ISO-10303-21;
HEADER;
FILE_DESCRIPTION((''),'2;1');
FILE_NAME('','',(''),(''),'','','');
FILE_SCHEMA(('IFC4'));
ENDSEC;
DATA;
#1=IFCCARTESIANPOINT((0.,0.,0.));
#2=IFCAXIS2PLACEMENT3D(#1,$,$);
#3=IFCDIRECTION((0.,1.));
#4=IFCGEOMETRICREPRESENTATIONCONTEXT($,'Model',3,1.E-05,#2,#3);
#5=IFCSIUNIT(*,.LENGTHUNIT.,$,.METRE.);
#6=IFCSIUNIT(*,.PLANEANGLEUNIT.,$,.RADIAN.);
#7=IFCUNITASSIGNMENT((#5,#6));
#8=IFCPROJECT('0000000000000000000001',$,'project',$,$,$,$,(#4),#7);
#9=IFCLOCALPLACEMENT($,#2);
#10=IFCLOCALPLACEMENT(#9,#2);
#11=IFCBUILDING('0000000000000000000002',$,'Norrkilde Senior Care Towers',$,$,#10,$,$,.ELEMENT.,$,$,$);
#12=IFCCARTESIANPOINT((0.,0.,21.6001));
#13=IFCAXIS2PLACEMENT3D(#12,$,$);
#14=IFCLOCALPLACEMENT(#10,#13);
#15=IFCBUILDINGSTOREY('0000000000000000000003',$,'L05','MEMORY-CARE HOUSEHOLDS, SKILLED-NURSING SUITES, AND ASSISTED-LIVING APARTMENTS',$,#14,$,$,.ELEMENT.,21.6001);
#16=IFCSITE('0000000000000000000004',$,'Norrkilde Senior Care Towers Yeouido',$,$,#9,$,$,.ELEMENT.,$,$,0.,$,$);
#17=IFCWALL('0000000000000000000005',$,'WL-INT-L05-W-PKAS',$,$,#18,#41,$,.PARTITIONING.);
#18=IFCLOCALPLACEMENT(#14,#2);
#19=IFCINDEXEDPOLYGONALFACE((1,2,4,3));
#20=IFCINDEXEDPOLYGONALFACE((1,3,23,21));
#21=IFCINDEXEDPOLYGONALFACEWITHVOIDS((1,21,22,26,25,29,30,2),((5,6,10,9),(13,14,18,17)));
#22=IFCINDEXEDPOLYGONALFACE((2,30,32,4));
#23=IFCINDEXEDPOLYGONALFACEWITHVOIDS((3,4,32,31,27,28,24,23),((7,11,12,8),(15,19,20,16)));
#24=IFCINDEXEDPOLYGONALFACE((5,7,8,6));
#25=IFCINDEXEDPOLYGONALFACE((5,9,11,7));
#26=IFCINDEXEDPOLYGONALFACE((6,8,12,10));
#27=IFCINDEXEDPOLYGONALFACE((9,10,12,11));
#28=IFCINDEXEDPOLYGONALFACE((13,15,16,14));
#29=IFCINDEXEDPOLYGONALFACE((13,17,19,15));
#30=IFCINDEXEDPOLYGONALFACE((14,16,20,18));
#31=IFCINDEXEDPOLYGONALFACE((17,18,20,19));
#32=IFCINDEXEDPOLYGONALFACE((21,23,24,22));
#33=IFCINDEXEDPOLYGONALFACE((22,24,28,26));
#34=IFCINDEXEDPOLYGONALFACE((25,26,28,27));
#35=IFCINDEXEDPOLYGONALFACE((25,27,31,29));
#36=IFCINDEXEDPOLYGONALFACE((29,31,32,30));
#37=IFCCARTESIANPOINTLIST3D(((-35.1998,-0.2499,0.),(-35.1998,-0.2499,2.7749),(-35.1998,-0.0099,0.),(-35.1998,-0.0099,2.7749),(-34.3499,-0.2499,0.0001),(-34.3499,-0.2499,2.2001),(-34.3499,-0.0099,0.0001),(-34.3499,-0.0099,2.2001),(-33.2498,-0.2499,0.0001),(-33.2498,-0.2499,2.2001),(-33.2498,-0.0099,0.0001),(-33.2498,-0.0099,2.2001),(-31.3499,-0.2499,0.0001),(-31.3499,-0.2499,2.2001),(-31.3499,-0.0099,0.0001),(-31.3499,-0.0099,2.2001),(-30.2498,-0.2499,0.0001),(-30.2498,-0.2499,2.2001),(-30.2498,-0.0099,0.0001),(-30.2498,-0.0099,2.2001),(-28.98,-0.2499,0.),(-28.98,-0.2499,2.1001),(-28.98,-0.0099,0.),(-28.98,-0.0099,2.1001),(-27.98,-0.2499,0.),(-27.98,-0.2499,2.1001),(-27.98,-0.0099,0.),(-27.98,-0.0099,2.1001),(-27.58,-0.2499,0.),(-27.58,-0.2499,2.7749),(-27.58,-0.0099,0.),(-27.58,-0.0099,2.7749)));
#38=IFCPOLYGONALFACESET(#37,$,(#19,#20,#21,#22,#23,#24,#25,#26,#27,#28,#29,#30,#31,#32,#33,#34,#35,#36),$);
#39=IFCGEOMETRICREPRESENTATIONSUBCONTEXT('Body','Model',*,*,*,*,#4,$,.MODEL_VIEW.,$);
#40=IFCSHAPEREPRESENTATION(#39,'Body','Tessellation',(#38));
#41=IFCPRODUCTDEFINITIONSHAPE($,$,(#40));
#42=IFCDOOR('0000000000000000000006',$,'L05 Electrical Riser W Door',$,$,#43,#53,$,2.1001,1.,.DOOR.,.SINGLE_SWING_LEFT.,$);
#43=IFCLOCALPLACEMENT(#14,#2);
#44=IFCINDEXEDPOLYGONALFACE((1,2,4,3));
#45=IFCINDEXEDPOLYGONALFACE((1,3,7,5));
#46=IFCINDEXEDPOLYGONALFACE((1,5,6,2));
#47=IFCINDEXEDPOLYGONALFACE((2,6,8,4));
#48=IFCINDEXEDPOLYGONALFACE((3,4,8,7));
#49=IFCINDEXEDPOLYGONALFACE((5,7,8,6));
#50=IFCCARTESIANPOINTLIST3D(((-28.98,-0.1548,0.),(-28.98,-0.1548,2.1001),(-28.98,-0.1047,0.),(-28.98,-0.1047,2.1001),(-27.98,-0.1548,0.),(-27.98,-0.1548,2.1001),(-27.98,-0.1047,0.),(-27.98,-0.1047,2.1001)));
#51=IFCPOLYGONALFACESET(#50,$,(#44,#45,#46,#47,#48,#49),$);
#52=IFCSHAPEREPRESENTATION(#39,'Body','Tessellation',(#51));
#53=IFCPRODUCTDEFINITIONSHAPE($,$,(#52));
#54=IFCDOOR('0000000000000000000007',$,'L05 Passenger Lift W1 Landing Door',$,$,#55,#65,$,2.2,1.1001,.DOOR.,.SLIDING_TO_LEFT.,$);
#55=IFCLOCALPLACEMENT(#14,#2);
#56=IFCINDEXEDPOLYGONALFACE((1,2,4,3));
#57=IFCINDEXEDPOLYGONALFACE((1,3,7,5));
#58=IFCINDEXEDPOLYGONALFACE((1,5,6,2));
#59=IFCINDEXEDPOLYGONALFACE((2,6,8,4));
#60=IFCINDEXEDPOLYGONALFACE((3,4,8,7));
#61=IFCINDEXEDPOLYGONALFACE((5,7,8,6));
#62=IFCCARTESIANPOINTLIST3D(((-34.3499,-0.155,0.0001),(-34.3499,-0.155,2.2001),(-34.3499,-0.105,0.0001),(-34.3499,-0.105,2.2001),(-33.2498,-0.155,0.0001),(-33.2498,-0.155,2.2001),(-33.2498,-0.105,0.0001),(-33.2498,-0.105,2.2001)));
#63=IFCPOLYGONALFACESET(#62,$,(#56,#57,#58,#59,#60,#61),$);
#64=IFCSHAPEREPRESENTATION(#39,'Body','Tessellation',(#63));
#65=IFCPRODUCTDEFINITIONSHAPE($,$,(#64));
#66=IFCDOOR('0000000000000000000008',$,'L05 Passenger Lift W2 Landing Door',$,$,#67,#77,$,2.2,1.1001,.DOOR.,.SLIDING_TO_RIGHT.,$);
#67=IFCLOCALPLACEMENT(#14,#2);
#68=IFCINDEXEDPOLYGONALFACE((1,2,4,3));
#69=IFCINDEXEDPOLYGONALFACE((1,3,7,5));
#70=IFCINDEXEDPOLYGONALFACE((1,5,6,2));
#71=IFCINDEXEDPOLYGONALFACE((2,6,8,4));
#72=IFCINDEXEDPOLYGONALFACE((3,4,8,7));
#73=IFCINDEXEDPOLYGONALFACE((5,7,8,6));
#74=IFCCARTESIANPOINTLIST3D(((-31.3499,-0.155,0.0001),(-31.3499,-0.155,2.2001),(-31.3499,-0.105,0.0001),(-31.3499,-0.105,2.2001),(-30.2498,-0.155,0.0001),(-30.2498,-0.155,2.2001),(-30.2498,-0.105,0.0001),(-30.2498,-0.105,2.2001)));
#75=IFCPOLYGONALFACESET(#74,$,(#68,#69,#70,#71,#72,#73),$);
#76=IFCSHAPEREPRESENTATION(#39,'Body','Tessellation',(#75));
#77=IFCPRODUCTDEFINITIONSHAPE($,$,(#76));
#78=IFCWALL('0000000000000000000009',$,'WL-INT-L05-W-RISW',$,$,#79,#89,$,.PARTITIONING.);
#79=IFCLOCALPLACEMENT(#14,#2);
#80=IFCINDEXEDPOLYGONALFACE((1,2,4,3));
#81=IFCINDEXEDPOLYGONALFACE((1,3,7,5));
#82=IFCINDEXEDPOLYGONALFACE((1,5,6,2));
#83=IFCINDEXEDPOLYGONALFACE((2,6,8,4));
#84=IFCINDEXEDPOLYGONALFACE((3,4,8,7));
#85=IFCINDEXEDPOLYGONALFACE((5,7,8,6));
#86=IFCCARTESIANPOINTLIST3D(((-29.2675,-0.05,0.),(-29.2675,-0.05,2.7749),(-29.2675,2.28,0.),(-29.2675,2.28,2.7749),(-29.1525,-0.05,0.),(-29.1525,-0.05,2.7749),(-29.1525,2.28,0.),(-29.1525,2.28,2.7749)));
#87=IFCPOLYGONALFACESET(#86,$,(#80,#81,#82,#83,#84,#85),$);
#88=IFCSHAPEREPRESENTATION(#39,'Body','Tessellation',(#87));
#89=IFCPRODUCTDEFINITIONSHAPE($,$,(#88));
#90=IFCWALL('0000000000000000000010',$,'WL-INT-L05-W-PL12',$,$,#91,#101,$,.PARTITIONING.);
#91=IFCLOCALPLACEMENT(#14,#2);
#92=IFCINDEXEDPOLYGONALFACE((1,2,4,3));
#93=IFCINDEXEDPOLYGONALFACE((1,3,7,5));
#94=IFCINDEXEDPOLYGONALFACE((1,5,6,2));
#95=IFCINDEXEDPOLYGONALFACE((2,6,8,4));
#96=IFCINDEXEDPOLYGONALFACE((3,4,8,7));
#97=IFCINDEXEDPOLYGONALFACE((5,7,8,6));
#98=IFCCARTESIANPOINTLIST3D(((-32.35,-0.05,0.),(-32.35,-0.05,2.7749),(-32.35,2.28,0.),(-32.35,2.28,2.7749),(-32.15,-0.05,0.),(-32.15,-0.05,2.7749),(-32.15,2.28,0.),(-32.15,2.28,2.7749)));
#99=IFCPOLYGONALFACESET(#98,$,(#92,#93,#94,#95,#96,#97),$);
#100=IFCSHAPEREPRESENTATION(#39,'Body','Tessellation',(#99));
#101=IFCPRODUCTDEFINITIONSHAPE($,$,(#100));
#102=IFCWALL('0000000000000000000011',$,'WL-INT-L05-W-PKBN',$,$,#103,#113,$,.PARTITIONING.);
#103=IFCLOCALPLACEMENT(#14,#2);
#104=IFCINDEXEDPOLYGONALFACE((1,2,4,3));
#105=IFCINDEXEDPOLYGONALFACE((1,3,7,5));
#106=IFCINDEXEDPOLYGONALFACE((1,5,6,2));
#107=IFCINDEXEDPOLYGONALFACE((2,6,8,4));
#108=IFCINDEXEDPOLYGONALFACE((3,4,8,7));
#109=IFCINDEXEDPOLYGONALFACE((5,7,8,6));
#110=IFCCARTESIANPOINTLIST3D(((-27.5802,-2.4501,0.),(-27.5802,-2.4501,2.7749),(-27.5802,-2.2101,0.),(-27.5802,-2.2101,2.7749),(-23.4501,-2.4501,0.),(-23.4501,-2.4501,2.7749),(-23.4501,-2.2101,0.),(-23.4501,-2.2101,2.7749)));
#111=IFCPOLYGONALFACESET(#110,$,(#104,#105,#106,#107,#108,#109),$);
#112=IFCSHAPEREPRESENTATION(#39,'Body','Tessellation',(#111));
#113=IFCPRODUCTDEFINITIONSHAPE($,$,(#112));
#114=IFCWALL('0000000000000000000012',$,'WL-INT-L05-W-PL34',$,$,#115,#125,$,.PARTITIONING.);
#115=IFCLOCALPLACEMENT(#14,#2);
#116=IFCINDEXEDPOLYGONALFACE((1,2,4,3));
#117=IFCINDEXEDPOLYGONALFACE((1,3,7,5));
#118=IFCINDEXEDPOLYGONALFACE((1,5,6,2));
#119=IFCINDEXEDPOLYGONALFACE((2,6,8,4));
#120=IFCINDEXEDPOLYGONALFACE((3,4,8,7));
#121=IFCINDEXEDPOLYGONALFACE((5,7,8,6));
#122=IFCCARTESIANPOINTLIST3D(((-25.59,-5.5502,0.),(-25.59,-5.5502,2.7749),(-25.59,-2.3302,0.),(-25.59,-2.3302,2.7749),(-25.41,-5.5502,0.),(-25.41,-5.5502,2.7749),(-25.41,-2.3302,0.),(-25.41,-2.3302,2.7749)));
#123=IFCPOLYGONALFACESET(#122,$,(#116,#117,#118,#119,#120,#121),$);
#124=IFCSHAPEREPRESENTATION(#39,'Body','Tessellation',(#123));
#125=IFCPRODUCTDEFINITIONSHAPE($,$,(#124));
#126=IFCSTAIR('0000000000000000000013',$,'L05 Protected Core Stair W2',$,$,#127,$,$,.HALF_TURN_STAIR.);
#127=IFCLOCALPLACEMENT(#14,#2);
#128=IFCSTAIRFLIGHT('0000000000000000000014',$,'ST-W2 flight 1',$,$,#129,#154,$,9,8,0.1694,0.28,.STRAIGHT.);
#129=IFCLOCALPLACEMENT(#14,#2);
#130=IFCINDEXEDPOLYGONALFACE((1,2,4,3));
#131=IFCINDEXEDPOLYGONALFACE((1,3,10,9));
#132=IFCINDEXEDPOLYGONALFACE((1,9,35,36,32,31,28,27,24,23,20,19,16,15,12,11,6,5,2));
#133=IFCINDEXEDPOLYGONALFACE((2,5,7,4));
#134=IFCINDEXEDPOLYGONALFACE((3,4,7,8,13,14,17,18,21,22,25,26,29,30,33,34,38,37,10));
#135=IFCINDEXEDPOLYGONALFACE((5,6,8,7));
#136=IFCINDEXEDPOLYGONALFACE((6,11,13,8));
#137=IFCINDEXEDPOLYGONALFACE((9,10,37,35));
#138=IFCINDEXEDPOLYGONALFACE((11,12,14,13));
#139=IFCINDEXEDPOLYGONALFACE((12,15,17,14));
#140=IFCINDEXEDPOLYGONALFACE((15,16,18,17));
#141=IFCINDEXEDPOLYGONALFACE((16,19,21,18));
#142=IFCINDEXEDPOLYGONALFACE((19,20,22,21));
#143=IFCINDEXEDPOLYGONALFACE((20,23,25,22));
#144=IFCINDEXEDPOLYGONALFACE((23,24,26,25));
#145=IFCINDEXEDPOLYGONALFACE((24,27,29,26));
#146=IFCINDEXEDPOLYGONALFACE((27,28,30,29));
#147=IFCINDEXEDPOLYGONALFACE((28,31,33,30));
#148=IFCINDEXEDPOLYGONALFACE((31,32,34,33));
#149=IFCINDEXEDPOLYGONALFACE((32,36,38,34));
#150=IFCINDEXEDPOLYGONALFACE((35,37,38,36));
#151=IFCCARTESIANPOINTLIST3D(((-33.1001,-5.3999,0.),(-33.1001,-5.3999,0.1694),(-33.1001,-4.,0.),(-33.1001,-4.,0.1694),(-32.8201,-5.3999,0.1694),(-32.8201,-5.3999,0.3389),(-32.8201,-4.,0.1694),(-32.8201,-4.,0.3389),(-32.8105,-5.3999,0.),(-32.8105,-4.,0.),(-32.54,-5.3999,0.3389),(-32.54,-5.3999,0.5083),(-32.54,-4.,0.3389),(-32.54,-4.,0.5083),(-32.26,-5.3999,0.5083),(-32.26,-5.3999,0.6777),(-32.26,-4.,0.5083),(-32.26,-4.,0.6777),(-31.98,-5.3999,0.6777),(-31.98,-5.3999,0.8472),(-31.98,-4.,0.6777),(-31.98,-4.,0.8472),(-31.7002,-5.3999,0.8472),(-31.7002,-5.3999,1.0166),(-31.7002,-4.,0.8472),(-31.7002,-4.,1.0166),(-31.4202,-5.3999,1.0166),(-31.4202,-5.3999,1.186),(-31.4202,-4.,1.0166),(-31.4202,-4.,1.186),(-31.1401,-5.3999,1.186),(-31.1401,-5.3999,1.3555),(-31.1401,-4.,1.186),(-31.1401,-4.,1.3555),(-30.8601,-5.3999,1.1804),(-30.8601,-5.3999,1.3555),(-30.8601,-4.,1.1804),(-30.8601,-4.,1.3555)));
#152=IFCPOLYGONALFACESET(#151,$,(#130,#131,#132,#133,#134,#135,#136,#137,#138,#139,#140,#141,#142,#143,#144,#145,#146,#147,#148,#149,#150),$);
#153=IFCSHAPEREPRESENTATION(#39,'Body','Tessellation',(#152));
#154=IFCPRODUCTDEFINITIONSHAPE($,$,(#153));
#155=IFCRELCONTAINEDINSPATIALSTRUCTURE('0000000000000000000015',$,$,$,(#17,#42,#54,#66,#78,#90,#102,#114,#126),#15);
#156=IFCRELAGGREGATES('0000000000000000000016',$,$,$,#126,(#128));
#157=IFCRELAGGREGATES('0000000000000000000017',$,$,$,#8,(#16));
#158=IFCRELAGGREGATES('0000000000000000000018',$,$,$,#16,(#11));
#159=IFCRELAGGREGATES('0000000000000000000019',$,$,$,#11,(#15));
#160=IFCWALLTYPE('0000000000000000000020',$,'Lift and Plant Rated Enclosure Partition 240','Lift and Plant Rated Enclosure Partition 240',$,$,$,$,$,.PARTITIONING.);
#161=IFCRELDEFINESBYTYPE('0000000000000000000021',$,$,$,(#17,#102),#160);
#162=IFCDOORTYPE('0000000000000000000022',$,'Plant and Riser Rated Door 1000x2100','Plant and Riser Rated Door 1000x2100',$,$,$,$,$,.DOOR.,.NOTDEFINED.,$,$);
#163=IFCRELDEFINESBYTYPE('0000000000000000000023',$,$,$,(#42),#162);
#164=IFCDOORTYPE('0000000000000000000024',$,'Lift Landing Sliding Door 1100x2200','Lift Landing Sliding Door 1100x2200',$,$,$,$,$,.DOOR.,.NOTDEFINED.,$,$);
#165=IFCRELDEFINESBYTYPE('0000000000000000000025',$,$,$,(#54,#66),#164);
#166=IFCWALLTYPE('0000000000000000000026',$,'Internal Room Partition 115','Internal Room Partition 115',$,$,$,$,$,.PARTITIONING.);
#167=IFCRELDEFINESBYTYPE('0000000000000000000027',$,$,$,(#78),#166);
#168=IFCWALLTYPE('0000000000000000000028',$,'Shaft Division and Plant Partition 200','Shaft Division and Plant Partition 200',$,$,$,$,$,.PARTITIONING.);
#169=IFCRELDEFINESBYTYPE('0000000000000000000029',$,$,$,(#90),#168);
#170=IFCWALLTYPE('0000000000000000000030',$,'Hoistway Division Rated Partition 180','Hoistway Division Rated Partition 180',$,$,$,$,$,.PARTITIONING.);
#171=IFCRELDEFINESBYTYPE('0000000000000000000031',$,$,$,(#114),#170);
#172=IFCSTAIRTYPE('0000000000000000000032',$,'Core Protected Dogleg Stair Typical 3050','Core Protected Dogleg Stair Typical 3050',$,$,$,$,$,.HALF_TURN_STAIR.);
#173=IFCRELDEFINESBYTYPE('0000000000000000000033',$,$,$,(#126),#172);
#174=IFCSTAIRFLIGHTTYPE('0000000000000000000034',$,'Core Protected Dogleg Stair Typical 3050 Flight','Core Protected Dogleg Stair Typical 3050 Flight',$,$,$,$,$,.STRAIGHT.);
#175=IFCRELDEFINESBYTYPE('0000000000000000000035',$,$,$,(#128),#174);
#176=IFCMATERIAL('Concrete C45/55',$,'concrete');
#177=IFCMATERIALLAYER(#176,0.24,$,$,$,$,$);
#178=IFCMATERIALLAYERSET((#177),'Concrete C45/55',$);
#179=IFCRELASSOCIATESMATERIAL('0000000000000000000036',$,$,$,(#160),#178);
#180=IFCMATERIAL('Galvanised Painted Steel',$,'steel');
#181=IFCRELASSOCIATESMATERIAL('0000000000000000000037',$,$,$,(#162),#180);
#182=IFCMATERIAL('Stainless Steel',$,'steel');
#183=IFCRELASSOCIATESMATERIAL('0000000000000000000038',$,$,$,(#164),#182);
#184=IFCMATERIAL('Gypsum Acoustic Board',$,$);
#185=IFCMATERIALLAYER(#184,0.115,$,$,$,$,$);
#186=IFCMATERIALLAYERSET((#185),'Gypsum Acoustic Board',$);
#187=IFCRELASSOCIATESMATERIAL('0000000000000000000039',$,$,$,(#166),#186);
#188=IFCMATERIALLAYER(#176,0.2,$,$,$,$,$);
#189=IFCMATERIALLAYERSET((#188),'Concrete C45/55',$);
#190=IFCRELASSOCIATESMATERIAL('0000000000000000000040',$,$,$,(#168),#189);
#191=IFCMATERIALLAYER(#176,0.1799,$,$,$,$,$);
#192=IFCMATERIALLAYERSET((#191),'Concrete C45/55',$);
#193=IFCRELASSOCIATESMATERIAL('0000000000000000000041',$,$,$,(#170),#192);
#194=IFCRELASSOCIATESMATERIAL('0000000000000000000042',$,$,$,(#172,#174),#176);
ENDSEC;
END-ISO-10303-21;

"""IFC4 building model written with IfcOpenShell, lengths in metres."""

from ifc_helpers import new_model, si_unit, direction, frame, frame_2d, origin, place, context, subcontext, project, spatial, polyline, rectangle, outline, extrude, source, transform, mapped, material, layer, layer_set, type_object, type_shapes, element, fill, aggregate, save


model = new_model("IFC4")

# Units and contexts
model_context = context("Model", 3, precision=1e-05, world=origin(), true_north=direction((0.0, 1.0)))
body_context = subcontext(model_context, "Body", "Model", "MODEL_VIEW")
ifc_project = project(units=[si_unit("LENGTHUNIT", "METRE"), si_unit("PLANEANGLEUNIT", "RADIAN")], contexts=[model_context])

# Site, building, storey
site_placement = place(None, origin())
site = spatial("IfcSite", under=ifc_project, at=site_placement, Name="Norrkilde Senior Care Towers Yeouido", CompositionType="ELEMENT", RefElevation=0.0)
building_placement = place(site_placement, origin())
building = spatial("IfcBuilding", under=site, at=building_placement, Name="Norrkilde Senior Care Towers", CompositionType="ELEMENT")
storey_placement = place(building_placement, frame((0.0, 0.0, 21.6001)))
storey = spatial("IfcBuildingStorey", under=building, at=storey_placement, Name="L05", Description="MEMORY-CARE HOUSEHOLDS, SKILLED-NURSING SUITES, AND ASSISTED-LIVING APARTMENTS", CompositionType="ELEMENT", Elevation=21.6001)

# Shared definitions
ifc_material_1 = material(Name="Concrete C45/55", Category="concrete")
ifc_material_2 = material(Name="Galvanised Painted Steel", Category="steel")

# Wall, openings, doors
ifc_layer_1 = layer(ifc_material_1, 0.24)
ifc_layer_set_1 = layer_set([ifc_layer_1], Name="Concrete C45/55")
wall_type_1 = type_object("IfcWallType", Name="Lift and Plant Rated Enclosure Partition 240", Description="Lift and Plant Rated Enclosure Partition 240", PredefinedType="PARTITIONING", material=ifc_layer_set_1)
shared_shape_1 = source(origin(), body_context, "Body", "SweptSolid", [
    extrude(rectangle(XDim=7.6199, YDim=0.24, at=frame_2d((3.8101, 0.0))), origin(), (0.0, 0.0, 1.0), 2.7749),
])
wall_1_placement = place(storey_placement, frame((-35.2, -0.1299, 0.0), z_axis=(0.0, 0.0, 1.0), x_axis=(1.0, 0.0, 0.0)))
wall_1 = element("IfcWall", 1, at=wall_1_placement, inside=storey, type_object=wall_type_1, Name="WL-INT-L05-W-PKAS", PredefinedType="PARTITIONING", context=body_context, shape_type="MappedRepresentation", body=[
    mapped(shared_shape_1, transform((0.0, 0.0, 0.0), x_axis=(1.0, 0.0, 0.0), y_axis=(0.0, 1.0, 0.0), z_axis=(0.0, 0.0, 1.0), scale=1.0)),
])
opening_1_placement = place(wall_1_placement, frame((6.22, 0.0, 0.0)))
opening_1 = element("IfcOpeningElement", 2, at=opening_1_placement, cuts=wall_1, PredefinedType="OPENING", context=body_context, shape_type="SweptSolid", body=[
    extrude(rectangle(XDim=1.0, YDim=2.1001, at=frame_2d((0.5, 1.05))), frame((0.0, 0.1299, 0.0), z_axis=(0.0, -1.0, 0.0), x_axis=(1.0, 0.0, 0.0)), (0.0, 0.0, 1.0), 0.26),
])
opening_2_placement = place(wall_1_placement, frame((0.8501, 0.0, 0.0)))
opening_2 = element("IfcOpeningElement", 3, at=opening_2_placement, cuts=wall_1, PredefinedType="OPENING", context=body_context, shape_type="SweptSolid", body=[
    extrude(rectangle(XDim=1.1001, YDim=2.2, at=frame_2d((0.55, 1.1001))), frame((0.0, 0.1299, 0.0), z_axis=(0.0, -1.0, 0.0), x_axis=(1.0, 0.0, 0.0)), (0.0, 0.0, 1.0), 0.26),
])
opening_3_placement = place(wall_1_placement, frame((3.8501, 0.0, 0.0)))
opening_3 = element("IfcOpeningElement", 4, at=opening_3_placement, cuts=wall_1, PredefinedType="OPENING", context=body_context, shape_type="SweptSolid", body=[
    extrude(rectangle(XDim=1.1001, YDim=2.2, at=frame_2d((0.55, 1.1001))), frame((0.0, 0.1299, 0.0), z_axis=(0.0, -1.0, 0.0), x_axis=(1.0, 0.0, 0.0)), (0.0, 0.0, 1.0), 0.26),
])
door_type_1 = type_object("IfcDoorType", Name="Plant and Riser Rated Door 1000x2100", Description="Plant and Riser Rated Door 1000x2100", OperationType="NOTDEFINED", PredefinedType="DOOR", material=ifc_material_2)
shared_shape_2 = source(origin(), body_context, "Body", "SweptSolid", [
    extrude(rectangle(XDim=1.0, YDim=2.1001, at=frame_2d((0.5, 1.05))), frame((0.0, 0.0249, 0.0), z_axis=(0.0, -1.0, 0.0), x_axis=(1.0, 0.0, 0.0)), (0.0, 0.0, 1.0), 0.05),
])
type_shapes(door_type_1, [shared_shape_2])
door_1_placement = place(opening_1_placement, frame((1.0, 0.0, 0.0), z_axis=(0.0, 0.0, 1.0), x_axis=(-1.0, 0.0, 0.0)))
door_1 = element("IfcDoor", 5, at=door_1_placement, inside=storey, type_object=door_type_1, Name="L05 Electrical Riser W Door", OperationType="SINGLE_SWING_LEFT", OverallHeight=2.1001, OverallWidth=1.0, PredefinedType="DOOR", context=body_context, shape_type="MappedRepresentation", body=[
    mapped(shared_shape_2, transform((0.0, 0.0, 0.0), x_axis=(1.0, 0.0, 0.0), y_axis=(0.0, 1.0, 0.0), z_axis=(0.0, 0.0, 1.0), scale=1.0)),
])
fill(opening_1, door_1)
ifc_material_3 = material(Name="Stainless Steel", Category="steel")
door_type_2 = type_object("IfcDoorType", Name="Lift Landing Sliding Door 1100x2200", Description="Lift Landing Sliding Door 1100x2200", OperationType="NOTDEFINED", PredefinedType="DOOR", material=ifc_material_3)
shared_shape_3 = source(origin(), body_context, "Body", "SweptSolid", [
    extrude(rectangle(XDim=1.1001, YDim=2.2, at=frame_2d((0.55, 1.1001))), frame((0.0, 0.0249, 0.0), z_axis=(0.0, -1.0, 0.0), x_axis=(1.0, 0.0, 0.0)), (0.0, 0.0, 1.0), 0.05),
])
type_shapes(door_type_2, [shared_shape_3])
door_2_placement = place(opening_2_placement, origin())
door_2 = element("IfcDoor", 6, at=door_2_placement, inside=storey, type_object=door_type_2, Name="L05 Passenger Lift W1 Landing Door", OperationType="SLIDING_TO_LEFT", OverallHeight=2.2, OverallWidth=1.1001, PredefinedType="DOOR", context=body_context, shape_type="MappedRepresentation", body=[
    mapped(shared_shape_3, transform((0.0, 0.0, 0.0), x_axis=(1.0, 0.0, 0.0), y_axis=(0.0, 1.0, 0.0), z_axis=(0.0, 0.0, 1.0), scale=1.0)),
])
fill(opening_2, door_2)
door_3_placement = place(opening_3_placement, origin())
door_3 = element("IfcDoor", 7, at=door_3_placement, inside=storey, type_object=door_type_2, Name="L05 Passenger Lift W2 Landing Door", OperationType="SLIDING_TO_RIGHT", OverallHeight=2.2, OverallWidth=1.1001, PredefinedType="DOOR", context=body_context, shape_type="MappedRepresentation", body=[
    mapped(shared_shape_3, transform((0.0, 0.0, 0.0), x_axis=(1.0, 0.0, 0.0), y_axis=(0.0, 1.0, 0.0), z_axis=(0.0, 0.0, 1.0), scale=1.0)),
])
fill(opening_3, door_3)

# Walls
ifc_material_4 = material(Name="Gypsum Acoustic Board")
ifc_layer_2 = layer(ifc_material_4, 0.115)
ifc_layer_set_2 = layer_set([ifc_layer_2], Name="Gypsum Acoustic Board")
wall_type_2 = type_object("IfcWallType", Name="Internal Room Partition 115", Description="Internal Room Partition 115", PredefinedType="PARTITIONING", material=ifc_layer_set_2)
shared_shape_4 = source(origin(), body_context, "Body", "SweptSolid", [
    extrude(rectangle(XDim=2.3301, YDim=0.115, at=frame_2d((1.165, 0.0))), origin(), (0.0, 0.0, 1.0), 2.7749),
])
type_shapes(wall_type_2, [shared_shape_4])
wall_2_placement = place(storey_placement, frame((-29.21, -0.05, 0.0), z_axis=(0.0, 0.0, 1.0), x_axis=(0.0, 1.0, 0.0)))
element("IfcWall", 8, at=wall_2_placement, inside=storey, type_object=wall_type_2, Name="WL-INT-L05-W-RISW", PredefinedType="PARTITIONING", context=body_context, shape_type="MappedRepresentation", body=[
    mapped(shared_shape_4, transform((0.0, 0.0, 0.0), x_axis=(1.0, 0.0, 0.0), y_axis=(0.0, 1.0, 0.0), z_axis=(0.0, 0.0, 1.0), scale=1.0)),
])
ifc_layer_3 = layer(ifc_material_1, 0.2)
ifc_layer_set_3 = layer_set([ifc_layer_3], Name="Concrete C45/55")
wall_type_3 = type_object("IfcWallType", Name="Shaft Division and Plant Partition 200", Description="Shaft Division and Plant Partition 200", PredefinedType="PARTITIONING", material=ifc_layer_set_3)
shared_shape_5 = source(origin(), body_context, "Body", "SweptSolid", [
    extrude(rectangle(XDim=2.3301, YDim=0.2, at=frame_2d((1.165, 0.0))), origin(), (0.0, 0.0, 1.0), 2.7749),
])
type_shapes(wall_type_3, [shared_shape_5])
wall_3_placement = place(storey_placement, frame((-32.25, -0.05, 0.0), z_axis=(0.0, 0.0, 1.0), x_axis=(0.0, 1.0, 0.0)))
element("IfcWall", 9, at=wall_3_placement, inside=storey, type_object=wall_type_3, Name="WL-INT-L05-W-PL12", PredefinedType="PARTITIONING", context=body_context, shape_type="MappedRepresentation", body=[
    mapped(shared_shape_5, transform((0.0, 0.0, 0.0), x_axis=(1.0, 0.0, 0.0), y_axis=(0.0, 1.0, 0.0), z_axis=(0.0, 0.0, 1.0), scale=1.0)),
])
shared_shape_6 = source(origin(), body_context, "Body", "SweptSolid", [
    extrude(rectangle(XDim=4.1301, YDim=0.24, at=frame_2d((2.0649, 0.0))), origin(), (0.0, 0.0, 1.0), 2.7749),
])
type_shapes(wall_type_1, [shared_shape_1, shared_shape_6])
wall_4_placement = place(storey_placement, frame((-27.5801, -2.3301, 0.0), z_axis=(0.0, 0.0, 1.0), x_axis=(1.0, 0.0, 0.0)))
element("IfcWall", 10, at=wall_4_placement, inside=storey, type_object=wall_type_1, Name="WL-INT-L05-W-PKBN", PredefinedType="PARTITIONING", context=body_context, shape_type="MappedRepresentation", body=[
    mapped(shared_shape_6, transform((0.0, 0.0, 0.0), x_axis=(1.0, 0.0, 0.0), y_axis=(0.0, 1.0, 0.0), z_axis=(0.0, 0.0, 1.0), scale=1.0)),
])
ifc_layer_4 = layer(ifc_material_1, 0.1799)
ifc_layer_set_4 = layer_set([ifc_layer_4], Name="Concrete C45/55")
wall_type_4 = type_object("IfcWallType", Name="Hoistway Division Rated Partition 180", Description="Hoistway Division Rated Partition 180", PredefinedType="PARTITIONING", material=ifc_layer_set_4)
shared_shape_7 = source(origin(), body_context, "Body", "SweptSolid", [
    extrude(rectangle(XDim=3.22, YDim=0.1799, at=frame_2d((1.6099, 0.0))), origin(), (0.0, 0.0, 1.0), 2.7749),
])
type_shapes(wall_type_4, [shared_shape_7])
wall_5_placement = place(storey_placement, frame((-25.5, -5.55, 0.0), z_axis=(0.0, 0.0, 1.0), x_axis=(0.0, 1.0, 0.0)))
element("IfcWall", 11, at=wall_5_placement, inside=storey, type_object=wall_type_4, Name="WL-INT-L05-W-PL34", PredefinedType="PARTITIONING", context=body_context, shape_type="MappedRepresentation", body=[
    mapped(shared_shape_7, transform((0.0, 0.0, 0.0), x_axis=(1.0, 0.0, 0.0), y_axis=(0.0, 1.0, 0.0), z_axis=(0.0, 0.0, 1.0), scale=1.0)),
])

# Stair, stair flight
stair_type = type_object("IfcStairType", Name="Core Protected Dogleg Stair Typical 3050", Description="Core Protected Dogleg Stair Typical 3050", PredefinedType="HALF_TURN_STAIR", material=ifc_material_1)
stair_placement = place(storey_placement, origin())
stair = element("IfcStair", 12, at=stair_placement, inside=storey, type_object=stair_type, Name="L05 Protected Core Stair W2", PredefinedType="HALF_TURN_STAIR")
stair_flight_type = type_object("IfcStairFlightType", Name="Core Protected Dogleg Stair Typical 3050 Flight", Description="Core Protected Dogleg Stair Typical 3050 Flight", PredefinedType="STRAIGHT", material=ifc_material_1)
stair_flight_1_placement = place(storey_placement, frame((-33.1001, -4.7, 0.0), z_axis=(0.0, 0.0, 1.0), x_axis=(1.0, 0.0, 0.0)))
stair_flight_1 = element("IfcStairFlight", 13, at=stair_flight_1_placement, type_object=stair_flight_type, Name="ST-W2 flight 1", NumberOfRisers=9, NumberOfTreads=8, PredefinedType="STRAIGHT", RiserHeight=0.1694, TreadLength=0.28, context=body_context, shape_type="SweptSolid", body=[
    extrude(outline(polyline([(0.0, 0.0), (0.0, 0.1694), (0.28, 0.1694), (0.28, 0.3389), (0.5601, 0.3389), (0.5601, 0.5083), (0.8401, 0.5083), (0.8401, 0.6777), (1.1201, 0.6777), (1.1201, 0.8472), (1.3999, 0.8472), (1.3999, 1.0166), (1.6799, 1.0166), (1.6799, 1.186), (1.96, 1.186), (1.96, 1.3555), (2.24, 1.3555), (2.24, 1.5249), (2.24, 1.1804), (0.2896, 0.0), (0.0, 0.0)])), frame((0.0, 0.7, 0.0), z_axis=(0.0, -1.0, 0.0), x_axis=(1.0, 0.0, 0.0)), (0.0, 0.0, 1.0), 1.3999),
])
aggregate(stair, [stair_flight_1])

save(model, "model.ifc")
